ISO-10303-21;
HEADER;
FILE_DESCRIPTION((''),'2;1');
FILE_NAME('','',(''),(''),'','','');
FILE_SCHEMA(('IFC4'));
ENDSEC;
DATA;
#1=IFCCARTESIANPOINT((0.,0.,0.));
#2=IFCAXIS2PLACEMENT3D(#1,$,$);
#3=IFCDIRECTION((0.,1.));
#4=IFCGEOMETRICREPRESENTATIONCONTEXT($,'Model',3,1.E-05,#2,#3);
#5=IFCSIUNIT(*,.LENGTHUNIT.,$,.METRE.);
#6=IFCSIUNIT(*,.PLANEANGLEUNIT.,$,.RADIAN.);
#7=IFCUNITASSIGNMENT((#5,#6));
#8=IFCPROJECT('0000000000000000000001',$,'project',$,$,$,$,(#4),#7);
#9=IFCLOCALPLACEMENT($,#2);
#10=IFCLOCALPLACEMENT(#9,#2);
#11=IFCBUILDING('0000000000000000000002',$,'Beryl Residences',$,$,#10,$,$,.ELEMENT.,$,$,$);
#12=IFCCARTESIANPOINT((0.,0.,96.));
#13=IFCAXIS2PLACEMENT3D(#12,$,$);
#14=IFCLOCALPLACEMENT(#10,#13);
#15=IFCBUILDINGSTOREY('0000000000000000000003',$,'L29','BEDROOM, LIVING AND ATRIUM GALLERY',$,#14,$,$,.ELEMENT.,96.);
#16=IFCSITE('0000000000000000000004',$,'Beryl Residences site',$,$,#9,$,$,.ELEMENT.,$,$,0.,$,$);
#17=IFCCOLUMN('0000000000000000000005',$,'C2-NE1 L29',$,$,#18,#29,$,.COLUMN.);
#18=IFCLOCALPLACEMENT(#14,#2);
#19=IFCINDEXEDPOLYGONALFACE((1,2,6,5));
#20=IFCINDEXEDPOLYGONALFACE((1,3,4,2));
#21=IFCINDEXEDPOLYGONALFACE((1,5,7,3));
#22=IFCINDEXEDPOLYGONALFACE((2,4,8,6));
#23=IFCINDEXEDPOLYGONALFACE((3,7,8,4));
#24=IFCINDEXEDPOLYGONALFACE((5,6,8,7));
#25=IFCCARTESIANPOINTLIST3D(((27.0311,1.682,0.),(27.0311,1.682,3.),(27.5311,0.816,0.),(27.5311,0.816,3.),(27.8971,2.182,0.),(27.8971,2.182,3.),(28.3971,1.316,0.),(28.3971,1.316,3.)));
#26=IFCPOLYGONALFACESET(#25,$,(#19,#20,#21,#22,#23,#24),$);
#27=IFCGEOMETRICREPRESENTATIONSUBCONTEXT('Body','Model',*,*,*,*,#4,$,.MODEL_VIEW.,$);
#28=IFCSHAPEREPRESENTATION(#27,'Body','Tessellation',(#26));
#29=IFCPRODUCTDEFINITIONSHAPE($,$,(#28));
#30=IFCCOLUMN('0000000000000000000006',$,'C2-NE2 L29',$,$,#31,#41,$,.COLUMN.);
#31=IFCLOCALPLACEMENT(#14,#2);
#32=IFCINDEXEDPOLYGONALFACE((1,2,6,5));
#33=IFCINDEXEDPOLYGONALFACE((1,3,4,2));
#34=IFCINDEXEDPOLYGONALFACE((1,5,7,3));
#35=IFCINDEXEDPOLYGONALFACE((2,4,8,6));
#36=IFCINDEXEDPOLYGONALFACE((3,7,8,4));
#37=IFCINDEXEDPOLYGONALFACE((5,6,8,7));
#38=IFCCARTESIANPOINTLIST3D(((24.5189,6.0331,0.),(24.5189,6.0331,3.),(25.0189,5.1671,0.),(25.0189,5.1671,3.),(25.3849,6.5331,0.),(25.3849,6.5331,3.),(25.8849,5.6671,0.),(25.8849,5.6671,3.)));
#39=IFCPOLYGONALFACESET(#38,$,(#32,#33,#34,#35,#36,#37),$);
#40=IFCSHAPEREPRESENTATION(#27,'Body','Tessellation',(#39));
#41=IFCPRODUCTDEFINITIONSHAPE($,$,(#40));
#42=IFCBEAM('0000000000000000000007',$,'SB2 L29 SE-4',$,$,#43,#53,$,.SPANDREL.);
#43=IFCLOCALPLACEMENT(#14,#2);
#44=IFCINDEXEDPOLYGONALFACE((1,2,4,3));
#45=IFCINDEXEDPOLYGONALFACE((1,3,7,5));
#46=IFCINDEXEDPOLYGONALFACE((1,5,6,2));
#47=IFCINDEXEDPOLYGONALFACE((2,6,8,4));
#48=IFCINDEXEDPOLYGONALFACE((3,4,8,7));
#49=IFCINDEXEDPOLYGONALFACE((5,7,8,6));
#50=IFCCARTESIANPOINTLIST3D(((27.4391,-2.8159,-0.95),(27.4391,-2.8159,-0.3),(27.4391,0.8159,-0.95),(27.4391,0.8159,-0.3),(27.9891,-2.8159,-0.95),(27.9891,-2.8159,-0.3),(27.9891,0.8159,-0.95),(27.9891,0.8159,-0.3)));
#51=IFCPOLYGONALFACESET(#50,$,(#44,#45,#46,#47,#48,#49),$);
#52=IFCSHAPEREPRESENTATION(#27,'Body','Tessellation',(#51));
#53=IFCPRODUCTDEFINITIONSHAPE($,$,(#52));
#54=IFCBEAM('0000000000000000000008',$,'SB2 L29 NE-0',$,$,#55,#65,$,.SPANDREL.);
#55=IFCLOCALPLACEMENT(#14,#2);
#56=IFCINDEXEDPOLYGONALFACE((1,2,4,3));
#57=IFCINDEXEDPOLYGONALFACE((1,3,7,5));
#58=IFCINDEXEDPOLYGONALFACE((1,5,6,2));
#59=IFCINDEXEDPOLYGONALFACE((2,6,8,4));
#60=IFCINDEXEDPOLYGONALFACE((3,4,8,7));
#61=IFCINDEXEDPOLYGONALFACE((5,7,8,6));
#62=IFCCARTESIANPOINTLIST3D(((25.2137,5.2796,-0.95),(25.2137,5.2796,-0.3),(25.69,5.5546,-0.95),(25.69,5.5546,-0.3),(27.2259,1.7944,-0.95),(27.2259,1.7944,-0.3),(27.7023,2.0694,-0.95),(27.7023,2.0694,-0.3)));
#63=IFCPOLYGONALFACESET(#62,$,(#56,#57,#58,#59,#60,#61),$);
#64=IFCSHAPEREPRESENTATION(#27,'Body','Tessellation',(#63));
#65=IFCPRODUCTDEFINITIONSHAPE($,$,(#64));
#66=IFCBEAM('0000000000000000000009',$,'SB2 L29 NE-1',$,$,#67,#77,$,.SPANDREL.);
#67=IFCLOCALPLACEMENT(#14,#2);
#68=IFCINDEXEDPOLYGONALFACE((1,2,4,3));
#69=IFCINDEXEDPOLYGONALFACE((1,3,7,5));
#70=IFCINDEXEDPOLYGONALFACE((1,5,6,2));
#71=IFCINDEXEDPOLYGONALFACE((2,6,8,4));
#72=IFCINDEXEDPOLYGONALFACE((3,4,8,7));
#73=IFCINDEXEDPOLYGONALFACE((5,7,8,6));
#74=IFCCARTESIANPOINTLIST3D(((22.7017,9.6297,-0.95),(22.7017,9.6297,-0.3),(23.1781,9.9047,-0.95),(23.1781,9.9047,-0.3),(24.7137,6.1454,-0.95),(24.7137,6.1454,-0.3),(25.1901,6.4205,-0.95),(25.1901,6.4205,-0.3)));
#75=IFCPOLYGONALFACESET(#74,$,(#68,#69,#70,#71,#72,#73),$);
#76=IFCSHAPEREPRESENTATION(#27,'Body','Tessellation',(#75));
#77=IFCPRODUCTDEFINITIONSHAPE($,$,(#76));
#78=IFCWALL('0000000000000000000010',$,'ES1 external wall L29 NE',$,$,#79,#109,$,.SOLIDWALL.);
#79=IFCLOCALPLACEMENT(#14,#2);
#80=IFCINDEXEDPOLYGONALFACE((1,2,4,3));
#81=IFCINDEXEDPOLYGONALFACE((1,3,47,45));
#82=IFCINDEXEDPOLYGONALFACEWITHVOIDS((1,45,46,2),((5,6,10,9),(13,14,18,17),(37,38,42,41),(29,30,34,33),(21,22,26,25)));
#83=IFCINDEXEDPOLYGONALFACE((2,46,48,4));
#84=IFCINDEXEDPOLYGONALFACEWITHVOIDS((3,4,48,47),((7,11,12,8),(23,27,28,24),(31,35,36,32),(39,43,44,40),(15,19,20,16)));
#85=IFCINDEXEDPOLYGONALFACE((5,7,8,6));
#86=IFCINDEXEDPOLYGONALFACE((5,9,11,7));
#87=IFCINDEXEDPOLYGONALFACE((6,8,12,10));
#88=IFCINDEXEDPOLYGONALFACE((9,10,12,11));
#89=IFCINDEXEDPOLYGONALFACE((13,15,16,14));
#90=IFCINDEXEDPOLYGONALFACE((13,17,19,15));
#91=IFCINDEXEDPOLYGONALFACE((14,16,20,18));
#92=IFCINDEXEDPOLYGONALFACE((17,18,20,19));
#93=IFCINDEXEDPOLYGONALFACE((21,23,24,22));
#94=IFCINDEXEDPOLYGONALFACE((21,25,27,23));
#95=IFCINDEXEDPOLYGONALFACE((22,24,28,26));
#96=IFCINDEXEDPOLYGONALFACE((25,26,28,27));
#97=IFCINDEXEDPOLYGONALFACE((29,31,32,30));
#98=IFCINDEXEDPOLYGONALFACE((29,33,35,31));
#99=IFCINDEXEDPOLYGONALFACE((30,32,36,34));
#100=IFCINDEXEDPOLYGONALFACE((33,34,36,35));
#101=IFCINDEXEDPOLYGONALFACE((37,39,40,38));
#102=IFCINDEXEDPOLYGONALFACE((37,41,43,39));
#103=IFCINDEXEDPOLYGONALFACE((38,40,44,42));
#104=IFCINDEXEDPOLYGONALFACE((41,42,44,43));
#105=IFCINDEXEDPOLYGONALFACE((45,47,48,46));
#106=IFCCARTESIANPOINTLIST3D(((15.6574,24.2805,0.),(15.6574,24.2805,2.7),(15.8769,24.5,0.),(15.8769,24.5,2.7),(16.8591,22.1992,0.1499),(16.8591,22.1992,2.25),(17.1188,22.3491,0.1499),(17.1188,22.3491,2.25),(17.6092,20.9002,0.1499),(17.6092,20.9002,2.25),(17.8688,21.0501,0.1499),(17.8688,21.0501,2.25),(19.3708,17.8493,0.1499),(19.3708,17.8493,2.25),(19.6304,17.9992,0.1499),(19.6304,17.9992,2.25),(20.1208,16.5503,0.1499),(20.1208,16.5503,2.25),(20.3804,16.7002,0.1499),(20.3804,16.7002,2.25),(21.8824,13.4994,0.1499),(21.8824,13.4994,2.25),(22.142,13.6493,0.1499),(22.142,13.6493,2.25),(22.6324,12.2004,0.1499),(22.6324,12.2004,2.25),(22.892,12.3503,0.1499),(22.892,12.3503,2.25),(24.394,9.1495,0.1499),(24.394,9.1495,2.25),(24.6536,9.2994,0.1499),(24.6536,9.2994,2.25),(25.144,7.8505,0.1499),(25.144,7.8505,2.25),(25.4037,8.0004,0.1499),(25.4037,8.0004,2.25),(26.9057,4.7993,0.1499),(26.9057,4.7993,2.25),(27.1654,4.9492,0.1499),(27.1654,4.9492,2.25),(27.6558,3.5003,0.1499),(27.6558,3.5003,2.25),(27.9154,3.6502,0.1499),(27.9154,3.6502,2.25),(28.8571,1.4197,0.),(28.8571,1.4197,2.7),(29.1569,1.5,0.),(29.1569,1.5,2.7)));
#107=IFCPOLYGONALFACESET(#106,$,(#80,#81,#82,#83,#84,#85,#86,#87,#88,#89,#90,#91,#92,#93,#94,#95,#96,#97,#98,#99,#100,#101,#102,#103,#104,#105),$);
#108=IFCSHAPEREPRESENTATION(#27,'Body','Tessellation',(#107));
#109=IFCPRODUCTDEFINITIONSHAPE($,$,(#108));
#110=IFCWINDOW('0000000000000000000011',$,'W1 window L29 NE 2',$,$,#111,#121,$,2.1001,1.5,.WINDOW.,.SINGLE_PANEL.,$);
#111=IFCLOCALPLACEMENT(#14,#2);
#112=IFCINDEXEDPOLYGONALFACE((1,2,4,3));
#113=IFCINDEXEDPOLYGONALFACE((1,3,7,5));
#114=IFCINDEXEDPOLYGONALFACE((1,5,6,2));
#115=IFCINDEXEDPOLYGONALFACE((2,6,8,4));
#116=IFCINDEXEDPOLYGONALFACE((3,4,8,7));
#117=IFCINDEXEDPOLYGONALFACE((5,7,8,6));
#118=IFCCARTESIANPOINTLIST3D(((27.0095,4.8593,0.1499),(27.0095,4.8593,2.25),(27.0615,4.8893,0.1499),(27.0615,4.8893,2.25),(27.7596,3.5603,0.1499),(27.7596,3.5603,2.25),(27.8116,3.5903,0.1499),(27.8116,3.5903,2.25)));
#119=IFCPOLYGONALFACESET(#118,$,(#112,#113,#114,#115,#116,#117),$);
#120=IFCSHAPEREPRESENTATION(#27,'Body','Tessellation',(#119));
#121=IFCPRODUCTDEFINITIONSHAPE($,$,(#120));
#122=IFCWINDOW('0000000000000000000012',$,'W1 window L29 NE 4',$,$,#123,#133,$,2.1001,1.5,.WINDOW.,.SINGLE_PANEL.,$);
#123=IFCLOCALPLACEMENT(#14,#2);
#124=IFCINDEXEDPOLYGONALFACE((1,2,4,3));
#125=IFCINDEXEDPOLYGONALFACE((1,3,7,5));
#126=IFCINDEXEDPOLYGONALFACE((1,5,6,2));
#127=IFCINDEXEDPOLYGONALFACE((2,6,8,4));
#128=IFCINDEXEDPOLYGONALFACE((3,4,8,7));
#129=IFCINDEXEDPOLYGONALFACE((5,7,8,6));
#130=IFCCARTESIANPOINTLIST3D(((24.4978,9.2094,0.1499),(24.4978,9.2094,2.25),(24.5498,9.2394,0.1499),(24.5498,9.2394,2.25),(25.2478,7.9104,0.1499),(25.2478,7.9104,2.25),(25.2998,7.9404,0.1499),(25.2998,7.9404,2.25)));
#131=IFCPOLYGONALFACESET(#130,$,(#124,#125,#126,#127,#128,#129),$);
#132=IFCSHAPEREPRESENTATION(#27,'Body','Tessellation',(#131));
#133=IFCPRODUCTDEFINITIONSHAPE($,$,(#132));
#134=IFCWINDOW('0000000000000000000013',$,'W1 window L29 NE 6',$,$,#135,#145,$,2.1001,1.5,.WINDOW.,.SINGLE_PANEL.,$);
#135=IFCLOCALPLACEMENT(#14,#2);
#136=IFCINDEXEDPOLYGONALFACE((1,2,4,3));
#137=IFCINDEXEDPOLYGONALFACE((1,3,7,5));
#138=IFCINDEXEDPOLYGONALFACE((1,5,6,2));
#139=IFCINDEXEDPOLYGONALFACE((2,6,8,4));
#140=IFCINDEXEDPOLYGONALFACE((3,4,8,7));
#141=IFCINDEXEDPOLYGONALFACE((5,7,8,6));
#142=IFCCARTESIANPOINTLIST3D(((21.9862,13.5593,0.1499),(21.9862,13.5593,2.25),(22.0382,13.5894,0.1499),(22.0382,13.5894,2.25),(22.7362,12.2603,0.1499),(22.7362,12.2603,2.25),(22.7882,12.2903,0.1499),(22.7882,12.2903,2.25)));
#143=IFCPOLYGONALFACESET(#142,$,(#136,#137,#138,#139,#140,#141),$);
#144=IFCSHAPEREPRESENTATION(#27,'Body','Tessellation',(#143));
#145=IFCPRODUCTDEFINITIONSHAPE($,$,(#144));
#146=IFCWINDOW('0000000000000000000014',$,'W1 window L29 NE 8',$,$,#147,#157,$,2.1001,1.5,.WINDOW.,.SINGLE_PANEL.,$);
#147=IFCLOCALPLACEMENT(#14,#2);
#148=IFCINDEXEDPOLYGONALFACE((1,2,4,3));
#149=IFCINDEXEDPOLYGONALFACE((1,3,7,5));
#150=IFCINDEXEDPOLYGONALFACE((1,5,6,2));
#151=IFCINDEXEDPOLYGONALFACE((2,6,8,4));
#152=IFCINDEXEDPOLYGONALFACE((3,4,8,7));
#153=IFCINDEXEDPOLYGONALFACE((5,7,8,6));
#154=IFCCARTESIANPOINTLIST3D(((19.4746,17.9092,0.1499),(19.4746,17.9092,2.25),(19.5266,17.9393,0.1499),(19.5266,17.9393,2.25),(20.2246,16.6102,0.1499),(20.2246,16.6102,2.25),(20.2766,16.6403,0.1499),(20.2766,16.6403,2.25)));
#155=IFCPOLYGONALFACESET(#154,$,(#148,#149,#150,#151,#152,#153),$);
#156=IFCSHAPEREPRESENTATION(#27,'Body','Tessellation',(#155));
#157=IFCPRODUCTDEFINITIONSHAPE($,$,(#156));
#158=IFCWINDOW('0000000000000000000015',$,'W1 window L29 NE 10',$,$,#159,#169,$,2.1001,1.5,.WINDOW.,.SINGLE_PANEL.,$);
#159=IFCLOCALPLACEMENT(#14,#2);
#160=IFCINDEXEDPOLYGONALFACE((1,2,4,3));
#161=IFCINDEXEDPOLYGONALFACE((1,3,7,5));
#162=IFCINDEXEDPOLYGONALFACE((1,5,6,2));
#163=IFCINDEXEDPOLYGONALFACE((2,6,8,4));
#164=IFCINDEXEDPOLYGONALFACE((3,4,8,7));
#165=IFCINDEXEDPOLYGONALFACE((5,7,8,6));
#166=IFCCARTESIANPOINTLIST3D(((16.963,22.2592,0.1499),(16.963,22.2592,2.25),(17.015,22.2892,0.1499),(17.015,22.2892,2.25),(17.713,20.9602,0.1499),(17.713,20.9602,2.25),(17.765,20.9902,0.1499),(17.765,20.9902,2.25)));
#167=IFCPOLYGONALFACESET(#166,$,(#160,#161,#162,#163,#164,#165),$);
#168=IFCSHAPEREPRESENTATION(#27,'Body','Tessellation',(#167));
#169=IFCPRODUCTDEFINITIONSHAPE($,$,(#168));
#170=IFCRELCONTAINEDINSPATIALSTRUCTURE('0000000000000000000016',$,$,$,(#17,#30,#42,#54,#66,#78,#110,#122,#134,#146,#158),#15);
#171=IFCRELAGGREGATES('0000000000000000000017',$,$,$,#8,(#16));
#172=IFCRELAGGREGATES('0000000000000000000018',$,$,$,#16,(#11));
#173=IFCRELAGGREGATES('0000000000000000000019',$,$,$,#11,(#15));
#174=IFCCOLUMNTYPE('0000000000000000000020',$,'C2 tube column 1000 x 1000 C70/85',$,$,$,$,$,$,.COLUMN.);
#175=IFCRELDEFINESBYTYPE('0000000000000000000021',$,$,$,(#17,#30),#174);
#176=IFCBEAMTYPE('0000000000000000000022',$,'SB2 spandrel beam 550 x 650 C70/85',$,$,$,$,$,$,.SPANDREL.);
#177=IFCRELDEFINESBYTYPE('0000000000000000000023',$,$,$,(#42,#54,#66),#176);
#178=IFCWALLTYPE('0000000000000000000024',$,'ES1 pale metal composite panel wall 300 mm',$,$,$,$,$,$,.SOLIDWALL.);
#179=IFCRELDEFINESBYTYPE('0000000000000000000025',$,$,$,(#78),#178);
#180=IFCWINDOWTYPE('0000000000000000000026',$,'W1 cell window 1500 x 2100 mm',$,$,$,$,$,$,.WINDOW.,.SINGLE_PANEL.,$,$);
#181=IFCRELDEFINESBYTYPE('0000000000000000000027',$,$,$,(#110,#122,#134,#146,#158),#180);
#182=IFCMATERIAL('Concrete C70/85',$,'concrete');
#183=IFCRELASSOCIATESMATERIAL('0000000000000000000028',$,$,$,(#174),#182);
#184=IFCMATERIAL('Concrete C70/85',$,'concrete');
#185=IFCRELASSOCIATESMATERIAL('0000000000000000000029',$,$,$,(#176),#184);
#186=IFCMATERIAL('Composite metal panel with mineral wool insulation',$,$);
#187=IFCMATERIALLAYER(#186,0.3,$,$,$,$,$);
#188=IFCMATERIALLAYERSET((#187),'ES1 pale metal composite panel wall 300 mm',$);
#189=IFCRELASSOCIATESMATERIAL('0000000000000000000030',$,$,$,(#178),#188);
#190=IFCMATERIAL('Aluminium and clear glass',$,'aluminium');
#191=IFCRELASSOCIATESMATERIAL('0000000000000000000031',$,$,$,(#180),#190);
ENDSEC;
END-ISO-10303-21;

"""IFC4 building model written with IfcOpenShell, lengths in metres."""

from ifc_helpers import new_model, si_unit, direction, frame, frame_2d, origin, origin_2d, place, context, subcontext, project, spatial, polyline, rectangle, outline, extrude, material, layer, layer_set, material_profile, profile_set, type_object, element, fill, save


model = new_model("IFC4")

# Units and contexts
model_context = context("Model", 3, precision=1e-05, world=origin(), true_north=direction((0.0, 1.0)))
body_context = subcontext(model_context, "Body", "Model", "MODEL_VIEW")
ifc_project = project(units=[si_unit("LENGTHUNIT", "METRE"), si_unit("PLANEANGLEUNIT", "RADIAN")], contexts=[model_context])

# Site, building, storey
site_placement = place(None, origin())
site = spatial("IfcSite", under=ifc_project, at=site_placement, Name="Beryl Residences site", CompositionType="ELEMENT", RefElevation=0.0)
building_placement = place(site_placement, origin())
building = spatial("IfcBuilding", under=site, at=building_placement, Name="Beryl Residences", CompositionType="ELEMENT")
storey_placement = place(building_placement, frame((0.0, 0.0, 96.0)))
storey = spatial("IfcBuildingStorey", under=building, at=storey_placement, Name="L29", Description="BEDROOM, LIVING AND ATRIUM GALLERY", CompositionType="ELEMENT", Elevation=96.0)

# Columns
ifc_material_1 = material(Name="Concrete C70/85", Category="concrete")
ifc_material_profile_1 = material_profile(ifc_material_1, rectangle(XDim=1.0, YDim=1.0, at=origin_2d()))
ifc_profile_set_1 = profile_set([ifc_material_profile_1], Name="Concrete C70/85")
column_type = type_object("IfcColumnType", Name="C2 tube column 1000 x 1000 C70/85", PredefinedType="COLUMN", material=ifc_profile_set_1)
for number, where, z_axis, x_axis, name in (
    (1, (27.7141, 1.499, 0.0), (0.0, 0.0, 1.0), (-0.5, 0.866025, 0.0), "C2-NE1 L29"),
    (2, (25.2019, 5.8501, 0.0), (0.0, 0.0, 1.0), (-0.5, 0.866025, 0.0), "C2-NE2 L29"),
):
    element("IfcColumn", number, at=place(storey_placement, frame(where, z_axis=z_axis, x_axis=x_axis)), inside=storey, type_object=column_type, Name=name, PredefinedType="COLUMN", context=body_context, shape_type="SweptSolid", body=[
        extrude(rectangle(XDim=1.0, YDim=1.0, at=origin_2d()), origin(), (0.0, 0.0, 1.0), 3.0),
    ])

# Beams
ifc_material_2 = material(Name="Concrete C70/85", Category="concrete")
ifc_material_profile_2 = material_profile(ifc_material_2, rectangle(XDim=0.55, YDim=0.6499, at=origin_2d()))
ifc_profile_set_2 = profile_set([ifc_material_profile_2], Name="Concrete C70/85")
beam_type = type_object("IfcBeamType", Name="SB2 spandrel beam 550 x 650 C70/85", PredefinedType="SPANDREL", material=ifc_profile_set_2)
beam_1_placement = place(storey_placement, frame((27.7141, -2.8159, -0.625), z_axis=(0.0, 1.0, 0.0), x_axis=(-1.0, 0.0, 0.0)))
element("IfcBeam", 3, at=beam_1_placement, inside=storey, type_object=beam_type, Name="SB2 L29 SE-4", PredefinedType="SPANDREL", context=body_context, shape_type="SweptSolid", body=[
    extrude(rectangle(XDim=0.55, YDim=0.6499, at=origin_2d()), origin(), (0.0, 0.0, 1.0), 3.6318),
])
beam_2_placement = place(storey_placement, frame((27.4641, 1.9319, -0.625), z_axis=(-0.500015, 0.866017, 0.0), x_axis=(-0.866017, -0.500015, 0.0)))
element("IfcBeam", 4, at=beam_2_placement, inside=storey, type_object=beam_type, Name="SB2 L29 NE-0", PredefinedType="SPANDREL", context=body_context, shape_type="SweptSolid", body=[
    extrude(rectangle(XDim=0.55, YDim=0.6499, at=origin_2d()), origin(), (0.0, 0.0, 1.0), 4.0244),
])
beam_3_placement = place(storey_placement, frame((24.9519, 6.283, -0.625), z_axis=(-0.500074, 0.865982, 0.0), x_axis=(-0.865982, -0.500074, 0.0)))
element("IfcBeam", 5, at=beam_3_placement, inside=storey, type_object=beam_type, Name="SB2 L29 NE-1", PredefinedType="SPANDREL", context=body_context, shape_type="SweptSolid", body=[
    extrude(rectangle(XDim=0.55, YDim=0.6499, at=origin_2d()), origin(), (0.0, 0.0, 1.0), 4.0234),
])

# Wall, openings, windows
ifc_material_3 = material(Name="Composite metal panel with mineral wool insulation")
ifc_layer = layer(ifc_material_3, 0.3)
ifc_layer_set = layer_set([ifc_layer], Name="ES1 pale metal composite panel wall 300 mm")
wall_type = type_object("IfcWallType", Name="ES1 pale metal composite panel wall 300 mm", PredefinedType="SOLIDWALL", material=ifc_layer_set)
wall_placement = place(storey_placement, frame((29.0271, 1.425, 0.0), z_axis=(0.0, 0.0, 1.0), x_axis=(-0.500027, 0.86601, 0.0)))
wall = element("IfcWall", 6, at=wall_placement, inside=storey, type_object=wall_type, Name="ES1 external wall L29 NE", PredefinedType="SOLIDWALL", context=body_context, shape_type="SweptSolid", body=[
    extrude(outline(polyline([(0.0, -0.1499), (26.5586, -0.1499), (26.4783, 0.1499), (0.0803, 0.1499), (0.0, -0.1499)])), origin(), (0.0, 0.0, 1.0), 2.7),
])
opening_1_placement = place(wall_placement, frame((2.4829, 0.0, 0.1499)))
opening_1 = element("IfcOpeningElement", 7, at=opening_1_placement, cuts=wall, PredefinedType="OPENING", context=body_context, shape_type="SweptSolid", body=[
    extrude(rectangle(XDim=1.5, YDim=2.1001, at=frame_2d((0.75, 1.05))), frame((0.0, 0.1599, 0.0), z_axis=(0.0, -1.0, 0.0), x_axis=(1.0, 0.0, 0.0)), (0.0, 0.0, 1.0), 0.3201),
])
opening_2_placement = place(wall_placement, frame((7.5061, 0.0, 0.1499)))
opening_2 = element("IfcOpeningElement", 8, at=opening_2_placement, cuts=wall, PredefinedType="OPENING", context=body_context, shape_type="SweptSolid", body=[
    extrude(rectangle(XDim=1.5, YDim=2.1001, at=frame_2d((0.75, 1.05))), frame((0.0, 0.1599, 0.0), z_axis=(0.0, -1.0, 0.0), x_axis=(1.0, 0.0, 0.0)), (0.0, 0.0, 1.0), 0.3201),
])
opening_3_placement = place(wall_placement, frame((12.5291, 0.0, 0.1499)))
opening_3 = element("IfcOpeningElement", 9, at=opening_3_placement, cuts=wall, PredefinedType="OPENING", context=body_context, shape_type="SweptSolid", body=[
    extrude(rectangle(XDim=1.5, YDim=2.1001, at=frame_2d((0.75, 1.05))), frame((0.0, 0.1599, 0.0), z_axis=(0.0, -1.0, 0.0), x_axis=(1.0, 0.0, 0.0)), (0.0, 0.0, 1.0), 0.3201),
])
opening_4_placement = place(wall_placement, frame((17.552, 0.0, 0.1499)))
opening_4 = element("IfcOpeningElement", 10, at=opening_4_placement, cuts=wall, PredefinedType="OPENING", context=body_context, shape_type="SweptSolid", body=[
    extrude(rectangle(XDim=1.5, YDim=2.1001, at=frame_2d((0.75, 1.05))), frame((0.0, 0.1599, 0.0), z_axis=(0.0, -1.0, 0.0), x_axis=(1.0, 0.0, 0.0)), (0.0, 0.0, 1.0), 0.3201),
])
opening_5_placement = place(wall_placement, frame((22.575, 0.0, 0.1499)))
opening_5 = element("IfcOpeningElement", 11, at=opening_5_placement, cuts=wall, PredefinedType="OPENING", context=body_context, shape_type="SweptSolid", body=[
    extrude(rectangle(XDim=1.5, YDim=2.1001, at=frame_2d((0.75, 1.05))), frame((0.0, 0.1599, 0.0), z_axis=(0.0, -1.0, 0.0), x_axis=(1.0, 0.0, 0.0)), (0.0, 0.0, 1.0), 0.3201),
])
ifc_material_4 = material(Name="Aluminium and clear glass", Category="aluminium")
window_type = type_object("IfcWindowType", Name="W1 cell window 1500 x 2100 mm", PartitioningType="SINGLE_PANEL", PredefinedType="WINDOW", material=ifc_material_4)
window_1_placement = place(opening_1_placement, origin())
window_1 = element("IfcWindow", 12, at=window_1_placement, inside=storey, type_object=window_type, Name="W1 window L29 NE 2", OverallHeight=2.1001, OverallWidth=1.5, PartitioningType="SINGLE_PANEL", PredefinedType="WINDOW", context=body_context, shape_type="SweptSolid", body=[
    extrude(rectangle(XDim=1.5, YDim=2.1001, at=frame_2d((0.75, 1.05))), frame((0.0, 0.03, 0.0), z_axis=(0.0, -1.0, 0.0), x_axis=(1.0, 0.0, 0.0)), (0.0, 0.0, 1.0), 0.0601),
])
fill(opening_1, window_1)
window_2_placement = place(opening_2_placement, origin())
window_2 = element("IfcWindow", 13, at=window_2_placement, inside=storey, type_object=window_type, Name="W1 window L29 NE 4", OverallHeight=2.1001, OverallWidth=1.5, PartitioningType="SINGLE_PANEL", PredefinedType="WINDOW", context=body_context, shape_type="SweptSolid", body=[
    extrude(rectangle(XDim=1.5, YDim=2.1001, at=frame_2d((0.75, 1.05))), frame((0.0, 0.03, 0.0), z_axis=(0.0, -1.0, 0.0), x_axis=(1.0, 0.0, 0.0)), (0.0, 0.0, 1.0), 0.0601),
])
fill(opening_2, window_2)
window_3_placement = place(opening_3_placement, origin())
window_3 = element("IfcWindow", 14, at=window_3_placement, inside=storey, type_object=window_type, Name="W1 window L29 NE 6", OverallHeight=2.1001, OverallWidth=1.5, PartitioningType="SINGLE_PANEL", PredefinedType="WINDOW", context=body_context, shape_type="SweptSolid", body=[
    extrude(rectangle(XDim=1.5, YDim=2.1001, at=frame_2d((0.75, 1.05))), frame((0.0, 0.03, 0.0), z_axis=(0.0, -1.0, 0.0), x_axis=(1.0, 0.0, 0.0)), (0.0, 0.0, 1.0), 0.0601),
])
fill(opening_3, window_3)
window_4_placement = place(opening_4_placement, origin())
window_4 = element("IfcWindow", 15, at=window_4_placement, inside=storey, type_object=window_type, Name="W1 window L29 NE 8", OverallHeight=2.1001, OverallWidth=1.5, PartitioningType="SINGLE_PANEL", PredefinedType="WINDOW", context=body_context, shape_type="SweptSolid", body=[
    extrude(rectangle(XDim=1.5, YDim=2.1001, at=frame_2d((0.75, 1.05))), frame((0.0, 0.03, 0.0), z_axis=(0.0, -1.0, 0.0), x_axis=(1.0, 0.0, 0.0)), (0.0, 0.0, 1.0), 0.0601),
])
fill(opening_4, window_4)
window_5_placement = place(opening_5_placement, origin())
window_5 = element("IfcWindow", 16, at=window_5_placement, inside=storey, type_object=window_type, Name="W1 window L29 NE 10", OverallHeight=2.1001, OverallWidth=1.5, PartitioningType="SINGLE_PANEL", PredefinedType="WINDOW", context=body_context, shape_type="SweptSolid", body=[
    extrude(rectangle(XDim=1.5, YDim=2.1001, at=frame_2d((0.75, 1.05))), frame((0.0, 0.03, 0.0), z_axis=(0.0, -1.0, 0.0), x_axis=(1.0, 0.0, 0.0)), (0.0, 0.0, 1.0), 0.0601),
])
fill(opening_5, window_5)

save(model, "model.ifc")
